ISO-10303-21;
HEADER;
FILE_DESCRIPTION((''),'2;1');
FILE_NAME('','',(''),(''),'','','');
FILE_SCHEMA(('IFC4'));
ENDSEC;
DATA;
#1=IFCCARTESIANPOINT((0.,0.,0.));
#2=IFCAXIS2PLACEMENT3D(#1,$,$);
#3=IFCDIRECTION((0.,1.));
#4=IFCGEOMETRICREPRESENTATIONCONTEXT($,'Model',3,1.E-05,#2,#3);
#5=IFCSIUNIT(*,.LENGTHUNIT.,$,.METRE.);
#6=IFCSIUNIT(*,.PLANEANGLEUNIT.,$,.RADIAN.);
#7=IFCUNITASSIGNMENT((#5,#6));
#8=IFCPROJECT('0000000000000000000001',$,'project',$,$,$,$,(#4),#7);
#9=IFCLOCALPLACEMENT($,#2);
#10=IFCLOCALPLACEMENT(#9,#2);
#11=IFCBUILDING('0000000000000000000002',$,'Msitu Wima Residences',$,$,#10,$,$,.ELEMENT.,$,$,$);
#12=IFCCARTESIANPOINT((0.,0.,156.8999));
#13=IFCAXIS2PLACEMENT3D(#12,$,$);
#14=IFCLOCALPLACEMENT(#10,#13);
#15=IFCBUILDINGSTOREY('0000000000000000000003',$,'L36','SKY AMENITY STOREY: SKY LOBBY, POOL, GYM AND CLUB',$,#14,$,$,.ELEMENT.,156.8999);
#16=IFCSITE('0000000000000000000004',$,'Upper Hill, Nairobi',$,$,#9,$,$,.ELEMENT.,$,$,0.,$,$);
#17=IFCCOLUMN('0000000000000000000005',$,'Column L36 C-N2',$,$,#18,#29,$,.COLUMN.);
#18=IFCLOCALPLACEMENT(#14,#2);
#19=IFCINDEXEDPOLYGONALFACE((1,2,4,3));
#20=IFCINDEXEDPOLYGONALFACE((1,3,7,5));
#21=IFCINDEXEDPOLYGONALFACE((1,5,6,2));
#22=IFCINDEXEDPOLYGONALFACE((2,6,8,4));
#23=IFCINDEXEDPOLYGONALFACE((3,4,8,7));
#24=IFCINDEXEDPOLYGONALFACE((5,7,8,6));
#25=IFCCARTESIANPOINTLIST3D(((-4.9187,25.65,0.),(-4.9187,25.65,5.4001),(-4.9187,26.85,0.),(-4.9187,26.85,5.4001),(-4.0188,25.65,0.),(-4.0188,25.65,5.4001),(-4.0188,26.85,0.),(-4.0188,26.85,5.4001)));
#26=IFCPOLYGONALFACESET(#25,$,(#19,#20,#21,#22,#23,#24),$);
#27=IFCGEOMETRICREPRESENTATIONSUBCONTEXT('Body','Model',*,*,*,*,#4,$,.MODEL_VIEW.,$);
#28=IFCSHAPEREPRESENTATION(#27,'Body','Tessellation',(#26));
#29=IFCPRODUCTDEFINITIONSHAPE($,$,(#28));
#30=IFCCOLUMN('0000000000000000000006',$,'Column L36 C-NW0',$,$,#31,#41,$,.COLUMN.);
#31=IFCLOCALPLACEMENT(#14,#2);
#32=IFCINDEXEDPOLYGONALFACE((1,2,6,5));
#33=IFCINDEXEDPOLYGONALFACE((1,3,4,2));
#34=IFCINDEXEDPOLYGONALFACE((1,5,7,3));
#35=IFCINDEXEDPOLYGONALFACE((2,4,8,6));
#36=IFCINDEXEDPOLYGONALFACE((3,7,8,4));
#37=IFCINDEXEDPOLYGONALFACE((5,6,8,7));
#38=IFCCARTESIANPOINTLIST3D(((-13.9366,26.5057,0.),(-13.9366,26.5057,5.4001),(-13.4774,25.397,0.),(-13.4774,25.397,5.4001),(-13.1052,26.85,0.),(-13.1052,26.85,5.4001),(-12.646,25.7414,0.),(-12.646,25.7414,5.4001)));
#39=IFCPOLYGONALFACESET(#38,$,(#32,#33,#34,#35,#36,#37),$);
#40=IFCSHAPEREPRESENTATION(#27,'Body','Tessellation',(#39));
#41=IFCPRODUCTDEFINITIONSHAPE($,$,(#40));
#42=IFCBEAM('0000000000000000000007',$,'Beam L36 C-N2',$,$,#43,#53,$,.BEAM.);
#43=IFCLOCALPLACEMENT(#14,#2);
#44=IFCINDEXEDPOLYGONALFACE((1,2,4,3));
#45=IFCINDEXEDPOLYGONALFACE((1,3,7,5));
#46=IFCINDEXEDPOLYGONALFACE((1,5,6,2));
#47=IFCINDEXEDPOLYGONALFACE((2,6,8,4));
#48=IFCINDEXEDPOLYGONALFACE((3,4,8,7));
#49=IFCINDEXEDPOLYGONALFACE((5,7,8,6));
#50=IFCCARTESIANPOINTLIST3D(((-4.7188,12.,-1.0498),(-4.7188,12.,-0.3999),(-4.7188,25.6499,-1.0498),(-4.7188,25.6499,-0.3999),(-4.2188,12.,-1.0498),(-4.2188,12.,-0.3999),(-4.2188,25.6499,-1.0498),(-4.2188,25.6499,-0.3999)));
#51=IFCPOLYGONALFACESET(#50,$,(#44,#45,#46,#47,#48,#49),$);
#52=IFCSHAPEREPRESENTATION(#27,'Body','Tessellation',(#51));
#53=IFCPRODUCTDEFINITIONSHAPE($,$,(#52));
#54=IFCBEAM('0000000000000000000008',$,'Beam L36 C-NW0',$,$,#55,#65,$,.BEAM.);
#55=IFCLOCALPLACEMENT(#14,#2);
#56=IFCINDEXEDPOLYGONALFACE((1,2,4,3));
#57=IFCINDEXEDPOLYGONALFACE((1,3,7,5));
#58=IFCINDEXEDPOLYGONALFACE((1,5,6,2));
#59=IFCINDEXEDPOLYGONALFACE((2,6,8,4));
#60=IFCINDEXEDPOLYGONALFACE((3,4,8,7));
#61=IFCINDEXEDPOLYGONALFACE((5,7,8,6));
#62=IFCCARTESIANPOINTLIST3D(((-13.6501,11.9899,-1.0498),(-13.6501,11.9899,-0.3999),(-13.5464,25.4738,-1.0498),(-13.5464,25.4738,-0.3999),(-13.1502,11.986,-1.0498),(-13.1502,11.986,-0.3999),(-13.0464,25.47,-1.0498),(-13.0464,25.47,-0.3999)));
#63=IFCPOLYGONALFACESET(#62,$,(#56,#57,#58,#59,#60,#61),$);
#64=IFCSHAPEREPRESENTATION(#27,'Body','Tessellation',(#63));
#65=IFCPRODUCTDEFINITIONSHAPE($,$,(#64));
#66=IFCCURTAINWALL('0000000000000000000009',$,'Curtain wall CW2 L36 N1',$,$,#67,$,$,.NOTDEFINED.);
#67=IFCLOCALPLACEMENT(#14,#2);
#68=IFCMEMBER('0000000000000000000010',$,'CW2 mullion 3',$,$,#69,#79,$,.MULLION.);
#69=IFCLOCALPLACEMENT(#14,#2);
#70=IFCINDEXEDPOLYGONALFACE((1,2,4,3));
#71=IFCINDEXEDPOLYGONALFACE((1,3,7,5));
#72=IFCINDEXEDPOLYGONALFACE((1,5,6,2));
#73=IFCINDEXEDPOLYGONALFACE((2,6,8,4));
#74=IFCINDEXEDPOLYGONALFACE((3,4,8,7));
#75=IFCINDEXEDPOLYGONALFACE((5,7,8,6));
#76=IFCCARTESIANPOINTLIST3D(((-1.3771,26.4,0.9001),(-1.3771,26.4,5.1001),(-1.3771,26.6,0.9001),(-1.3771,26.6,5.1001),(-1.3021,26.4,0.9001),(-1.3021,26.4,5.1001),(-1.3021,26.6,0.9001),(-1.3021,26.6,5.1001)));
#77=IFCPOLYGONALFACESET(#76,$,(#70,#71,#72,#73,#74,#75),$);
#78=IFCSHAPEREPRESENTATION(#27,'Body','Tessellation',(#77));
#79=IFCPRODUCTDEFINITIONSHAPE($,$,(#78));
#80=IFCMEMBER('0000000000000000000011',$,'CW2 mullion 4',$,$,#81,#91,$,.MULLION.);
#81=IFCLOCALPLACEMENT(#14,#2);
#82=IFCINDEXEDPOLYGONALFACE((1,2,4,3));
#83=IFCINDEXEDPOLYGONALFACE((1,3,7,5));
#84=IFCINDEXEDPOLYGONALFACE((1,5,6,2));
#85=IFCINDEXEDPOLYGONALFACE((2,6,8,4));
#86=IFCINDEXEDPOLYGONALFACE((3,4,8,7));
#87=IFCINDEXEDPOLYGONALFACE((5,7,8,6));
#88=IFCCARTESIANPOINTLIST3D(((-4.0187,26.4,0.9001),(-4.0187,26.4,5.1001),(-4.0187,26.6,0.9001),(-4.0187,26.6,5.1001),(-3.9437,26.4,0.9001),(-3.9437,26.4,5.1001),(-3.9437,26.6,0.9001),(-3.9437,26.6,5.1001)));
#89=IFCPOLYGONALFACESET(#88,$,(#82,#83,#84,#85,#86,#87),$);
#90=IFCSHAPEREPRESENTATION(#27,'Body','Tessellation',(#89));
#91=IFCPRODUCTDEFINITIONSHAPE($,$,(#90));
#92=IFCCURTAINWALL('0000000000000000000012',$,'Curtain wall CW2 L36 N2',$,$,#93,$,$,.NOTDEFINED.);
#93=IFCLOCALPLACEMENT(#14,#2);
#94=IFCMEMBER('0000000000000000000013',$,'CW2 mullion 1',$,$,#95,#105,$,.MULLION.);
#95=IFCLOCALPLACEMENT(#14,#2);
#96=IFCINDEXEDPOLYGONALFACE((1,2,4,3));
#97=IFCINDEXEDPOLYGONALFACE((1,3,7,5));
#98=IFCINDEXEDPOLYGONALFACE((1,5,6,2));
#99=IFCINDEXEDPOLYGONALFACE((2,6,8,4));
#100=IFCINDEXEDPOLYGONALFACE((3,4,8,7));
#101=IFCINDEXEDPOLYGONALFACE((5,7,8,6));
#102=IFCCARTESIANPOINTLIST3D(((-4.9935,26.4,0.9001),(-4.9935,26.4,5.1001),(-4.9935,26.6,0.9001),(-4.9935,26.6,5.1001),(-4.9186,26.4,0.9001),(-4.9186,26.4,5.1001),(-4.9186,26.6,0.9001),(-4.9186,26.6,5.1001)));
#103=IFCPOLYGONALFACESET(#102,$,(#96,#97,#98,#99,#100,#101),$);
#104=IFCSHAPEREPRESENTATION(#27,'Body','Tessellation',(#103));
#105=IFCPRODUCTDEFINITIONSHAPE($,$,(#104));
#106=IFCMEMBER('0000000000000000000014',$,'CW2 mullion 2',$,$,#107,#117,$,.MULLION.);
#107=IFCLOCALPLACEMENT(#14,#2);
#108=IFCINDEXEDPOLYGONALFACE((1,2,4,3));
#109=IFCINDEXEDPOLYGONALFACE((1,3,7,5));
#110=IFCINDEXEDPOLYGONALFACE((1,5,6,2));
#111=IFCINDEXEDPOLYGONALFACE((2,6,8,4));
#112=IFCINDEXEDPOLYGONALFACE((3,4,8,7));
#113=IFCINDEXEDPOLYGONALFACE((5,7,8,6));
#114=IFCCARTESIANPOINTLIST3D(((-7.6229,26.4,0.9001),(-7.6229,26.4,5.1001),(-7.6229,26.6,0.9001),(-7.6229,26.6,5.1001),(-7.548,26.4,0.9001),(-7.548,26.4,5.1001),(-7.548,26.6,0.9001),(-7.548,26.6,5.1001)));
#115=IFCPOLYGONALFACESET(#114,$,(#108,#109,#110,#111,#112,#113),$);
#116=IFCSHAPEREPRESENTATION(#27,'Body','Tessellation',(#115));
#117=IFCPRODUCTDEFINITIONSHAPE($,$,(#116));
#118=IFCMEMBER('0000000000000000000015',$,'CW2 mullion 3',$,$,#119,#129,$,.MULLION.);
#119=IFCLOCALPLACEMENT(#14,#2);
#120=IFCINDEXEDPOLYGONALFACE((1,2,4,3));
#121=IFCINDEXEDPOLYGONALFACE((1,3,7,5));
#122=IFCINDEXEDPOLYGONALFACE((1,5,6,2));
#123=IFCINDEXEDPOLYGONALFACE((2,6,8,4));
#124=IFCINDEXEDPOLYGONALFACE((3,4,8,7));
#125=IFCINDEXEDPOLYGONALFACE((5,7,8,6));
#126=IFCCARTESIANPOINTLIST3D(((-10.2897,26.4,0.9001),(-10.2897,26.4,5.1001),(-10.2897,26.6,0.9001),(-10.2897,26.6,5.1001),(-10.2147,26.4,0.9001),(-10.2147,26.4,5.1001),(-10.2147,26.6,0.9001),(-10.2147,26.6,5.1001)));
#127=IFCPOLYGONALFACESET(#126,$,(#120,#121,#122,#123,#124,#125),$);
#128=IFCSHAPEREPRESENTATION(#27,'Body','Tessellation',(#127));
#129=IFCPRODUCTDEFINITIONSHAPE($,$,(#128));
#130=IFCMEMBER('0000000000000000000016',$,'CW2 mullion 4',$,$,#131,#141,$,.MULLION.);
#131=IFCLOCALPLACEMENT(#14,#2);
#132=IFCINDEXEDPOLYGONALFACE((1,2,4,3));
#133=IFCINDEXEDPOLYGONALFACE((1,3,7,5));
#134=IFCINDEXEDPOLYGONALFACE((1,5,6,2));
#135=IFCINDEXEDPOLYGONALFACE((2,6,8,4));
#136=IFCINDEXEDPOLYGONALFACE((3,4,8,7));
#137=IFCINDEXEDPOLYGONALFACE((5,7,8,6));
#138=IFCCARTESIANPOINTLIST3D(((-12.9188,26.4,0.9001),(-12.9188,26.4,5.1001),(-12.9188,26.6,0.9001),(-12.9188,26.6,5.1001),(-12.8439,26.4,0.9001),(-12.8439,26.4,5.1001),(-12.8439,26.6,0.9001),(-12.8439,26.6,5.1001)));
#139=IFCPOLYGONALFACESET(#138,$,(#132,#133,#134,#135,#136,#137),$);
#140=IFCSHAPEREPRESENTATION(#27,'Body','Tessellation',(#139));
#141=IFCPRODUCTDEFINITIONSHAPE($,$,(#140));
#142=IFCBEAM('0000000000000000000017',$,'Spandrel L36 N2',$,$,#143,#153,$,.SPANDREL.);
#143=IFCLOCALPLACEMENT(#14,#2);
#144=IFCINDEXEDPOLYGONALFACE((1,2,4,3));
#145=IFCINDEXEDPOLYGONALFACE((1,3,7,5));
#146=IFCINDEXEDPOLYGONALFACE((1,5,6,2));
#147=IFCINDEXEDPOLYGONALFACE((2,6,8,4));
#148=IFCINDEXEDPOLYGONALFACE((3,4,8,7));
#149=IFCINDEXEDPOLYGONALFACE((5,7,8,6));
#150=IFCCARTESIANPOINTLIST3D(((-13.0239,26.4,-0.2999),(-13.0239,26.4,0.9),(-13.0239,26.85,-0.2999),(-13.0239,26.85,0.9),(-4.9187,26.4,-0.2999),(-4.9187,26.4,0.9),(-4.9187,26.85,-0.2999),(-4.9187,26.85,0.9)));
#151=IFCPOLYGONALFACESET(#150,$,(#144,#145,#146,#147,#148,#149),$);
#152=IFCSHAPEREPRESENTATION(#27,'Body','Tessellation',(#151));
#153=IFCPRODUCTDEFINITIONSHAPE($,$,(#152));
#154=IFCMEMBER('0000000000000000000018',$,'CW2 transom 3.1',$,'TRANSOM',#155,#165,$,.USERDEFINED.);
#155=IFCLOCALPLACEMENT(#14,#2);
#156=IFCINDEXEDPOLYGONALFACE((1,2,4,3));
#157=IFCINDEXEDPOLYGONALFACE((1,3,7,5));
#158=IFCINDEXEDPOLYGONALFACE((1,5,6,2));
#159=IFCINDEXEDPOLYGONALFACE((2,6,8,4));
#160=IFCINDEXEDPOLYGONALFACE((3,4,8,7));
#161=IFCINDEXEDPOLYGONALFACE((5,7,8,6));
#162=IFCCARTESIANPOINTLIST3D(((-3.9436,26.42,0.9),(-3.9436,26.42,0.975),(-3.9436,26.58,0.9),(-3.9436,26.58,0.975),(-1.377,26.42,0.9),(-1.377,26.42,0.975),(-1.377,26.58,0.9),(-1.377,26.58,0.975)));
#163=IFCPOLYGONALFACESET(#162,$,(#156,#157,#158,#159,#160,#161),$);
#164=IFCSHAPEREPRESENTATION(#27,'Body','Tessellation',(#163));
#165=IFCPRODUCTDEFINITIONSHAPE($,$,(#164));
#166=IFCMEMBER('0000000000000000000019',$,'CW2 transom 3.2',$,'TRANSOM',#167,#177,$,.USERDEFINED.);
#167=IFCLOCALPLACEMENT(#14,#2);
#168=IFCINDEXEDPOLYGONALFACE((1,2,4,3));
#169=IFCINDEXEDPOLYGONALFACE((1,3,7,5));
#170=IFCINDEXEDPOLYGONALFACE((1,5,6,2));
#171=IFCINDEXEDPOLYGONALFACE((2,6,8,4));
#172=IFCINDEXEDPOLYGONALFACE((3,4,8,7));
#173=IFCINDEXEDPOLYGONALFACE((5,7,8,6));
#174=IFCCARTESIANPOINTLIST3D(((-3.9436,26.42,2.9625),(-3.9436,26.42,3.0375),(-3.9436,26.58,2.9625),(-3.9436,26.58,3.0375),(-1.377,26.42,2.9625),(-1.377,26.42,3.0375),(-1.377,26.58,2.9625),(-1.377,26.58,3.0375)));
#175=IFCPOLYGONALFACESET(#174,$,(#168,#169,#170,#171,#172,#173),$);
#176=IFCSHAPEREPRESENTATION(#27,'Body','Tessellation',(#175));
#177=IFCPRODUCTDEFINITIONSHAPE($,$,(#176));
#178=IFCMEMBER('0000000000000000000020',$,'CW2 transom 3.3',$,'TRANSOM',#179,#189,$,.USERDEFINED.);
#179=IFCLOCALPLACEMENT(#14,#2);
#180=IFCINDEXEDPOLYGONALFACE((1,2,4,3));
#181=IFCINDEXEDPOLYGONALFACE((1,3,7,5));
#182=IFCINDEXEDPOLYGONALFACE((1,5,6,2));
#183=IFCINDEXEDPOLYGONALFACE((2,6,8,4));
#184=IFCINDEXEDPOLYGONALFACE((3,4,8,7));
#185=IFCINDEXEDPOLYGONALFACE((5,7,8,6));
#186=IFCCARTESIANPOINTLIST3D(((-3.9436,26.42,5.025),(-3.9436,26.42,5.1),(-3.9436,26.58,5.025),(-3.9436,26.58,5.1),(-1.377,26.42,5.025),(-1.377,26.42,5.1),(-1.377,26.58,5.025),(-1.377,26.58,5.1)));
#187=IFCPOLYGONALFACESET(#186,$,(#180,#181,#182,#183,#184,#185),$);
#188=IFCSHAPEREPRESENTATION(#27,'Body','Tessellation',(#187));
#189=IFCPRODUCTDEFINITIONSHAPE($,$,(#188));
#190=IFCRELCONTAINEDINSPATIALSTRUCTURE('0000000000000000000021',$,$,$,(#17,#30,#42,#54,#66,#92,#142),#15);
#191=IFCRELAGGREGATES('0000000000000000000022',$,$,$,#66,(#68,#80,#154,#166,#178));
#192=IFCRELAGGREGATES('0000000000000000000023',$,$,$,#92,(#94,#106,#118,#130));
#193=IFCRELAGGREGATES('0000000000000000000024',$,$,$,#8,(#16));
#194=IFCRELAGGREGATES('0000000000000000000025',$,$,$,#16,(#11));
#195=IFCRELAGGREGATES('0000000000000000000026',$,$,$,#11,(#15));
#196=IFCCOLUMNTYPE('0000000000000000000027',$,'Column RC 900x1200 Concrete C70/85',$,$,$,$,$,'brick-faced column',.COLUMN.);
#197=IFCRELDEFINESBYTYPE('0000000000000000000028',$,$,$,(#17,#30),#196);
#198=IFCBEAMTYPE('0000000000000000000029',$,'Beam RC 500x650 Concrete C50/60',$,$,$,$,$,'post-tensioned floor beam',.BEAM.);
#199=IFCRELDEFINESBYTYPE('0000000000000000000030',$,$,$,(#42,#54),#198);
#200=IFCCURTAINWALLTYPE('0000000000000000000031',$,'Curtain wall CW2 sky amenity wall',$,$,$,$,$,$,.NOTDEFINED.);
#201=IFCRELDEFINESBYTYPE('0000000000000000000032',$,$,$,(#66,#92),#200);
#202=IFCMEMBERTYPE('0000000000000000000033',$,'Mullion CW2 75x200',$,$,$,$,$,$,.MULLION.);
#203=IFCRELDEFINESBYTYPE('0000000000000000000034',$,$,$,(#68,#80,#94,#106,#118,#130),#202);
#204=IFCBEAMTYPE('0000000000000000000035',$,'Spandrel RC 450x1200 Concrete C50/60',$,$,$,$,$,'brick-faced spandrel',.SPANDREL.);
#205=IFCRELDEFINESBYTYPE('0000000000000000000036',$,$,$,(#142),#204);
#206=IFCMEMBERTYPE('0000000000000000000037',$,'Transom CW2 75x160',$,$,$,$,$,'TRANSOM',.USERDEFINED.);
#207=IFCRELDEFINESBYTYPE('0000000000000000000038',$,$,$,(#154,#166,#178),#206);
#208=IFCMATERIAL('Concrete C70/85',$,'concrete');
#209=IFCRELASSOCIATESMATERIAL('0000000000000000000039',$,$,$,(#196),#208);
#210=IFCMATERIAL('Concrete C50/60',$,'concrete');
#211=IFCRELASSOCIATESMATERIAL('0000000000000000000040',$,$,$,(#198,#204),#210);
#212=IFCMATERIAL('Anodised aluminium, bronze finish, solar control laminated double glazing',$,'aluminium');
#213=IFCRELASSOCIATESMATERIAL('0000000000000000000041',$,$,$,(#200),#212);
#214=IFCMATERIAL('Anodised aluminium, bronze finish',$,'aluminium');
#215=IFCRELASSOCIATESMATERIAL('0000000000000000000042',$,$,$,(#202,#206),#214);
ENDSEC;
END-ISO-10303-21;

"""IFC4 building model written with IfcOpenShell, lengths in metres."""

from ifc_helpers import new_model, si_unit, direction, frame, origin, origin_2d, place, context, subcontext, project, spatial, rectangle, extrude, material, material_profile, profile_set, type_object, element, aggregate, save


model = new_model("IFC4")

# Units and contexts
model_context = context("Model", 3, precision=1e-05, world=origin(), true_north=direction((0.0, 1.0)))
body_context = subcontext(model_context, "Body", "Model", "MODEL_VIEW")
ifc_project = project(units=[si_unit("LENGTHUNIT", "METRE"), si_unit("PLANEANGLEUNIT", "RADIAN")], contexts=[model_context])

# Site, building, storey
site_placement = place(None, origin())
site = spatial("IfcSite", under=ifc_project, at=site_placement, Name="Upper Hill, Nairobi", CompositionType="ELEMENT", RefElevation=0.0)
building_placement = place(site_placement, origin())
building = spatial("IfcBuilding", under=site, at=building_placement, Name="Msitu Wima Residences", CompositionType="ELEMENT")
storey_placement = place(building_placement, frame((0.0, 0.0, 156.8999)))
storey = spatial("IfcBuildingStorey", under=building, at=storey_placement, Name="L36", Description="SKY AMENITY STOREY: SKY LOBBY, POOL, GYM AND CLUB", CompositionType="ELEMENT", Elevation=156.8999)

# Columns
ifc_material_1 = material(Name="Concrete C70/85", Category="concrete")
ifc_material_profile_1 = material_profile(ifc_material_1, rectangle(XDim=0.8999, YDim=1.2, at=origin_2d()), Name="RC 900x1200")
ifc_profile_set_1 = profile_set([ifc_material_profile_1], Name="Concrete C70/85")
column_type = type_object("IfcColumnType", Name="Column RC 900x1200 Concrete C70/85", ElementType="brick-faced column", PredefinedType="COLUMN", material=ifc_profile_set_1)
for number, where, z_axis, x_axis, name in (
    (1, (-4.4688, 26.25, 0.0), (0.0, 0.0, 1.0), (-1.0, 0.0, 0.0), "Column L36 C-N2"),
    (2, (-13.2913, 26.1235, 0.0), (0.0, 0.0, 1.0), (-0.92388, -0.382683, 0.0), "Column L36 C-NW0"),
):
    element("IfcColumn", number, at=place(storey_placement, frame(where, z_axis=z_axis, x_axis=x_axis)), inside=storey, type_object=column_type, Name=name, PredefinedType="COLUMN", context=body_context, shape_type="SweptSolid", body=[
        extrude(rectangle(XDim=0.8999, YDim=1.2, at=origin_2d()), origin(), (0.0, 0.0, 1.0), 5.4001),
    ])

# Beams
ifc_material_2 = material(Name="Concrete C50/60", Category="concrete")
ifc_material_profile_2 = material_profile(ifc_material_2, rectangle(XDim=0.5, YDim=0.6499, at=origin_2d()), Name="RC 500x650")
ifc_profile_set_2 = profile_set([ifc_material_profile_2], Name="Concrete C50/60")
beam_type_1 = type_object("IfcBeamType", Name="Beam RC 500x650 Concrete C50/60", ElementType="post-tensioned floor beam", PredefinedType="BEAM", material=ifc_profile_set_2)
beam_1_placement = place(storey_placement, frame((-4.4688, 25.6499, -0.7249), z_axis=(0.0, -1.0, 0.0), x_axis=(1.0, 0.0, 0.0)))
element("IfcBeam", 3, at=beam_1_placement, inside=storey, type_object=beam_type_1, Name="Beam L36 C-N2", PredefinedType="BEAM", context=body_context, shape_type="SweptSolid", body=[
    extrude(rectangle(XDim=0.5, YDim=0.6499, at=origin_2d()), origin(), (0.0, 0.0, 1.0), 13.6499),
])
beam_2_placement = place(storey_placement, frame((-13.2964, 25.4719, -0.7249), z_axis=(-0.007695, -0.99997, 0.0), x_axis=(0.99997, -0.007695, 0.0)))
element("IfcBeam", 4, at=beam_2_placement, inside=storey, type_object=beam_type_1, Name="Beam L36 C-NW0", PredefinedType="BEAM", context=body_context, shape_type="SweptSolid", body=[
    extrude(rectangle(XDim=0.5, YDim=0.6499, at=origin_2d()), origin(), (0.0, 0.0, 1.0), 13.4844),
])

# Curtain walls, members
ifc_material_3 = material(Name="Anodised aluminium, bronze finish, solar control laminated double glazing", Category="aluminium")
curtain_wall_type = type_object("IfcCurtainWallType", Name="Curtain wall CW2 sky amenity wall", PredefinedType="NOTDEFINED", material=ifc_material_3)
curtain_wall_1_placement = place(storey_placement, origin())
curtain_wall_1 = element("IfcCurtainWall", 5, at=curtain_wall_1_placement, inside=storey, type_object=curtain_wall_type, Name="Curtain wall CW2 L36 N1", PredefinedType="NOTDEFINED")
ifc_material_4 = material(Name="Anodised aluminium, bronze finish", Category="aluminium")
ifc_material_profile_3 = material_profile(ifc_material_4, rectangle(XDim=0.2, YDim=0.075, at=origin_2d()), Name="Mullion 75x200")
ifc_profile_set_3 = profile_set([ifc_material_profile_3], Name="Anodised aluminium, bronze finish")
member_type_1 = type_object("IfcMemberType", Name="Mullion CW2 75x200", PredefinedType="MULLION", material=ifc_profile_set_3)
member_1_placement = place(storey_placement, frame((-1.3396, 26.5, 0.9001), z_axis=(0.0, 0.0, 1.0), x_axis=(0.0, -1.0, 0.0)))
member_1 = element("IfcMember", 6, at=member_1_placement, type_object=member_type_1, Name="CW2 mullion 3", PredefinedType="MULLION", context=body_context, shape_type="SweptSolid", body=[
    extrude(rectangle(XDim=0.2, YDim=0.075, at=origin_2d()), origin(), (0.0, 0.0, 1.0), 4.2),
])
member_2_placement = place(storey_placement, frame((-3.9812, 26.5, 0.9001), z_axis=(0.0, 0.0, 1.0), x_axis=(0.0, -1.0, 0.0)))
member_2 = element("IfcMember", 7, at=member_2_placement, type_object=member_type_1, Name="CW2 mullion 4", PredefinedType="MULLION", context=body_context, shape_type="SweptSolid", body=[
    extrude(rectangle(XDim=0.2, YDim=0.075, at=origin_2d()), origin(), (0.0, 0.0, 1.0), 4.2),
])
curtain_wall_2_placement = place(storey_placement, origin())
curtain_wall_2 = element("IfcCurtainWall", 8, at=curtain_wall_2_placement, inside=storey, type_object=curtain_wall_type, Name="Curtain wall CW2 L36 N2", PredefinedType="NOTDEFINED")
member_3_placement = place(storey_placement, frame((-4.9561, 26.5, 0.9001), z_axis=(0.0, 0.0, 1.0), x_axis=(0.0, -1.0, 0.0)))
member_3 = element("IfcMember", 9, at=member_3_placement, type_object=member_type_1, Name="CW2 mullion 1", PredefinedType="MULLION", context=body_context, shape_type="SweptSolid", body=[
    extrude(rectangle(XDim=0.2, YDim=0.075, at=origin_2d()), origin(), (0.0, 0.0, 1.0), 4.2),
])
member_4_placement = place(storey_placement, frame((-7.5854, 26.5, 0.9001), z_axis=(0.0, 0.0, 1.0), x_axis=(0.0, -1.0, 0.0)))
member_4 = element("IfcMember", 10, at=member_4_placement, type_object=member_type_1, Name="CW2 mullion 2", PredefinedType="MULLION", context=body_context, shape_type="SweptSolid", body=[
    extrude(rectangle(XDim=0.2, YDim=0.075, at=origin_2d()), origin(), (0.0, 0.0, 1.0), 4.2),
])
member_5_placement = place(storey_placement, frame((-10.2522, 26.5, 0.9001), z_axis=(0.0, 0.0, 1.0), x_axis=(0.0, -1.0, 0.0)))
member_5 = element("IfcMember", 11, at=member_5_placement, type_object=member_type_1, Name="CW2 mullion 3", PredefinedType="MULLION", context=body_context, shape_type="SweptSolid", body=[
    extrude(rectangle(XDim=0.2, YDim=0.075, at=origin_2d()), origin(), (0.0, 0.0, 1.0), 4.2),
])
member_6_placement = place(storey_placement, frame((-12.8813, 26.5, 0.9001), z_axis=(0.0, 0.0, 1.0), x_axis=(0.0, -1.0, 0.0)))
member_6 = element("IfcMember", 12, at=member_6_placement, type_object=member_type_1, Name="CW2 mullion 4", PredefinedType="MULLION", context=body_context, shape_type="SweptSolid", body=[
    extrude(rectangle(XDim=0.2, YDim=0.075, at=origin_2d()), origin(), (0.0, 0.0, 1.0), 4.2),
])

# Beam
ifc_material_profile_4 = material_profile(ifc_material_2, rectangle(XDim=0.45, YDim=1.2, at=origin_2d()), Name="RC 450x1200")
ifc_profile_set_4 = profile_set([ifc_material_profile_4], Name="Concrete C50/60")
beam_type_2 = type_object("IfcBeamType", Name="Spandrel RC 450x1200 Concrete C50/60", ElementType="brick-faced spandrel", PredefinedType="SPANDREL", material=ifc_profile_set_4)
beam_3_placement = place(storey_placement, frame((-4.9187, 26.625, 0.3), z_axis=(-1.0, 0.0, 0.0), x_axis=(0.0, -1.0, 0.0)))
element("IfcBeam", 13, at=beam_3_placement, inside=storey, type_object=beam_type_2, Name="Spandrel L36 N2", PredefinedType="SPANDREL", context=body_context, shape_type="SweptSolid", body=[
    extrude(rectangle(XDim=0.45, YDim=1.2, at=origin_2d()), origin(), (0.0, 0.0, 1.0), 8.1052),
])

# Members
ifc_material_profile_5 = material_profile(ifc_material_4, rectangle(XDim=0.1599, YDim=0.075, at=origin_2d()), Name="Transom 75x160")
ifc_profile_set_5 = profile_set([ifc_material_profile_5], Name="Anodised aluminium, bronze finish")
member_type_2 = type_object("IfcMemberType", Name="Transom CW2 75x160", ElementType="TRANSOM", PredefinedType="USERDEFINED", material=ifc_profile_set_5)
member_7_placement = place(storey_placement, frame((-1.377, 26.5, 0.9375), z_axis=(-1.0, 0.0, 0.0), x_axis=(0.0, -1.0, 0.0)))
member_7 = element("IfcMember", 14, at=member_7_placement, type_object=member_type_2, Name="CW2 transom 3.1", ObjectType="TRANSOM", PredefinedType="USERDEFINED", context=body_context, shape_type="SweptSolid", body=[
    extrude(rectangle(XDim=0.1599, YDim=0.075, at=origin_2d()), origin(), (0.0, 0.0, 1.0), 2.5667),
])
member_8_placement = place(storey_placement, frame((-1.377, 26.5, 3.0), z_axis=(-1.0, 0.0, 0.0), x_axis=(0.0, -1.0, 0.0)))
member_8 = element("IfcMember", 15, at=member_8_placement, type_object=member_type_2, Name="CW2 transom 3.2", ObjectType="TRANSOM", PredefinedType="USERDEFINED", context=body_context, shape_type="SweptSolid", body=[
    extrude(rectangle(XDim=0.1599, YDim=0.075, at=origin_2d()), origin(), (0.0, 0.0, 1.0), 2.5667),
])
member_9_placement = place(storey_placement, frame((-1.377, 26.5, 5.0625), z_axis=(-1.0, 0.0, 0.0), x_axis=(0.0, -1.0, 0.0)))
member_9 = element("IfcMember", 16, at=member_9_placement, type_object=member_type_2, Name="CW2 transom 3.3", ObjectType="TRANSOM", PredefinedType="USERDEFINED", context=body_context, shape_type="SweptSolid", body=[
    extrude(rectangle(XDim=0.1599, YDim=0.075, at=origin_2d()), origin(), (0.0, 0.0, 1.0), 2.5667),
])

aggregate(curtain_wall_1, [member_1, member_2, member_7, member_8, member_9])
aggregate(curtain_wall_2, [member_3, member_4, member_5, member_6])

save(model, "model.ifc")
